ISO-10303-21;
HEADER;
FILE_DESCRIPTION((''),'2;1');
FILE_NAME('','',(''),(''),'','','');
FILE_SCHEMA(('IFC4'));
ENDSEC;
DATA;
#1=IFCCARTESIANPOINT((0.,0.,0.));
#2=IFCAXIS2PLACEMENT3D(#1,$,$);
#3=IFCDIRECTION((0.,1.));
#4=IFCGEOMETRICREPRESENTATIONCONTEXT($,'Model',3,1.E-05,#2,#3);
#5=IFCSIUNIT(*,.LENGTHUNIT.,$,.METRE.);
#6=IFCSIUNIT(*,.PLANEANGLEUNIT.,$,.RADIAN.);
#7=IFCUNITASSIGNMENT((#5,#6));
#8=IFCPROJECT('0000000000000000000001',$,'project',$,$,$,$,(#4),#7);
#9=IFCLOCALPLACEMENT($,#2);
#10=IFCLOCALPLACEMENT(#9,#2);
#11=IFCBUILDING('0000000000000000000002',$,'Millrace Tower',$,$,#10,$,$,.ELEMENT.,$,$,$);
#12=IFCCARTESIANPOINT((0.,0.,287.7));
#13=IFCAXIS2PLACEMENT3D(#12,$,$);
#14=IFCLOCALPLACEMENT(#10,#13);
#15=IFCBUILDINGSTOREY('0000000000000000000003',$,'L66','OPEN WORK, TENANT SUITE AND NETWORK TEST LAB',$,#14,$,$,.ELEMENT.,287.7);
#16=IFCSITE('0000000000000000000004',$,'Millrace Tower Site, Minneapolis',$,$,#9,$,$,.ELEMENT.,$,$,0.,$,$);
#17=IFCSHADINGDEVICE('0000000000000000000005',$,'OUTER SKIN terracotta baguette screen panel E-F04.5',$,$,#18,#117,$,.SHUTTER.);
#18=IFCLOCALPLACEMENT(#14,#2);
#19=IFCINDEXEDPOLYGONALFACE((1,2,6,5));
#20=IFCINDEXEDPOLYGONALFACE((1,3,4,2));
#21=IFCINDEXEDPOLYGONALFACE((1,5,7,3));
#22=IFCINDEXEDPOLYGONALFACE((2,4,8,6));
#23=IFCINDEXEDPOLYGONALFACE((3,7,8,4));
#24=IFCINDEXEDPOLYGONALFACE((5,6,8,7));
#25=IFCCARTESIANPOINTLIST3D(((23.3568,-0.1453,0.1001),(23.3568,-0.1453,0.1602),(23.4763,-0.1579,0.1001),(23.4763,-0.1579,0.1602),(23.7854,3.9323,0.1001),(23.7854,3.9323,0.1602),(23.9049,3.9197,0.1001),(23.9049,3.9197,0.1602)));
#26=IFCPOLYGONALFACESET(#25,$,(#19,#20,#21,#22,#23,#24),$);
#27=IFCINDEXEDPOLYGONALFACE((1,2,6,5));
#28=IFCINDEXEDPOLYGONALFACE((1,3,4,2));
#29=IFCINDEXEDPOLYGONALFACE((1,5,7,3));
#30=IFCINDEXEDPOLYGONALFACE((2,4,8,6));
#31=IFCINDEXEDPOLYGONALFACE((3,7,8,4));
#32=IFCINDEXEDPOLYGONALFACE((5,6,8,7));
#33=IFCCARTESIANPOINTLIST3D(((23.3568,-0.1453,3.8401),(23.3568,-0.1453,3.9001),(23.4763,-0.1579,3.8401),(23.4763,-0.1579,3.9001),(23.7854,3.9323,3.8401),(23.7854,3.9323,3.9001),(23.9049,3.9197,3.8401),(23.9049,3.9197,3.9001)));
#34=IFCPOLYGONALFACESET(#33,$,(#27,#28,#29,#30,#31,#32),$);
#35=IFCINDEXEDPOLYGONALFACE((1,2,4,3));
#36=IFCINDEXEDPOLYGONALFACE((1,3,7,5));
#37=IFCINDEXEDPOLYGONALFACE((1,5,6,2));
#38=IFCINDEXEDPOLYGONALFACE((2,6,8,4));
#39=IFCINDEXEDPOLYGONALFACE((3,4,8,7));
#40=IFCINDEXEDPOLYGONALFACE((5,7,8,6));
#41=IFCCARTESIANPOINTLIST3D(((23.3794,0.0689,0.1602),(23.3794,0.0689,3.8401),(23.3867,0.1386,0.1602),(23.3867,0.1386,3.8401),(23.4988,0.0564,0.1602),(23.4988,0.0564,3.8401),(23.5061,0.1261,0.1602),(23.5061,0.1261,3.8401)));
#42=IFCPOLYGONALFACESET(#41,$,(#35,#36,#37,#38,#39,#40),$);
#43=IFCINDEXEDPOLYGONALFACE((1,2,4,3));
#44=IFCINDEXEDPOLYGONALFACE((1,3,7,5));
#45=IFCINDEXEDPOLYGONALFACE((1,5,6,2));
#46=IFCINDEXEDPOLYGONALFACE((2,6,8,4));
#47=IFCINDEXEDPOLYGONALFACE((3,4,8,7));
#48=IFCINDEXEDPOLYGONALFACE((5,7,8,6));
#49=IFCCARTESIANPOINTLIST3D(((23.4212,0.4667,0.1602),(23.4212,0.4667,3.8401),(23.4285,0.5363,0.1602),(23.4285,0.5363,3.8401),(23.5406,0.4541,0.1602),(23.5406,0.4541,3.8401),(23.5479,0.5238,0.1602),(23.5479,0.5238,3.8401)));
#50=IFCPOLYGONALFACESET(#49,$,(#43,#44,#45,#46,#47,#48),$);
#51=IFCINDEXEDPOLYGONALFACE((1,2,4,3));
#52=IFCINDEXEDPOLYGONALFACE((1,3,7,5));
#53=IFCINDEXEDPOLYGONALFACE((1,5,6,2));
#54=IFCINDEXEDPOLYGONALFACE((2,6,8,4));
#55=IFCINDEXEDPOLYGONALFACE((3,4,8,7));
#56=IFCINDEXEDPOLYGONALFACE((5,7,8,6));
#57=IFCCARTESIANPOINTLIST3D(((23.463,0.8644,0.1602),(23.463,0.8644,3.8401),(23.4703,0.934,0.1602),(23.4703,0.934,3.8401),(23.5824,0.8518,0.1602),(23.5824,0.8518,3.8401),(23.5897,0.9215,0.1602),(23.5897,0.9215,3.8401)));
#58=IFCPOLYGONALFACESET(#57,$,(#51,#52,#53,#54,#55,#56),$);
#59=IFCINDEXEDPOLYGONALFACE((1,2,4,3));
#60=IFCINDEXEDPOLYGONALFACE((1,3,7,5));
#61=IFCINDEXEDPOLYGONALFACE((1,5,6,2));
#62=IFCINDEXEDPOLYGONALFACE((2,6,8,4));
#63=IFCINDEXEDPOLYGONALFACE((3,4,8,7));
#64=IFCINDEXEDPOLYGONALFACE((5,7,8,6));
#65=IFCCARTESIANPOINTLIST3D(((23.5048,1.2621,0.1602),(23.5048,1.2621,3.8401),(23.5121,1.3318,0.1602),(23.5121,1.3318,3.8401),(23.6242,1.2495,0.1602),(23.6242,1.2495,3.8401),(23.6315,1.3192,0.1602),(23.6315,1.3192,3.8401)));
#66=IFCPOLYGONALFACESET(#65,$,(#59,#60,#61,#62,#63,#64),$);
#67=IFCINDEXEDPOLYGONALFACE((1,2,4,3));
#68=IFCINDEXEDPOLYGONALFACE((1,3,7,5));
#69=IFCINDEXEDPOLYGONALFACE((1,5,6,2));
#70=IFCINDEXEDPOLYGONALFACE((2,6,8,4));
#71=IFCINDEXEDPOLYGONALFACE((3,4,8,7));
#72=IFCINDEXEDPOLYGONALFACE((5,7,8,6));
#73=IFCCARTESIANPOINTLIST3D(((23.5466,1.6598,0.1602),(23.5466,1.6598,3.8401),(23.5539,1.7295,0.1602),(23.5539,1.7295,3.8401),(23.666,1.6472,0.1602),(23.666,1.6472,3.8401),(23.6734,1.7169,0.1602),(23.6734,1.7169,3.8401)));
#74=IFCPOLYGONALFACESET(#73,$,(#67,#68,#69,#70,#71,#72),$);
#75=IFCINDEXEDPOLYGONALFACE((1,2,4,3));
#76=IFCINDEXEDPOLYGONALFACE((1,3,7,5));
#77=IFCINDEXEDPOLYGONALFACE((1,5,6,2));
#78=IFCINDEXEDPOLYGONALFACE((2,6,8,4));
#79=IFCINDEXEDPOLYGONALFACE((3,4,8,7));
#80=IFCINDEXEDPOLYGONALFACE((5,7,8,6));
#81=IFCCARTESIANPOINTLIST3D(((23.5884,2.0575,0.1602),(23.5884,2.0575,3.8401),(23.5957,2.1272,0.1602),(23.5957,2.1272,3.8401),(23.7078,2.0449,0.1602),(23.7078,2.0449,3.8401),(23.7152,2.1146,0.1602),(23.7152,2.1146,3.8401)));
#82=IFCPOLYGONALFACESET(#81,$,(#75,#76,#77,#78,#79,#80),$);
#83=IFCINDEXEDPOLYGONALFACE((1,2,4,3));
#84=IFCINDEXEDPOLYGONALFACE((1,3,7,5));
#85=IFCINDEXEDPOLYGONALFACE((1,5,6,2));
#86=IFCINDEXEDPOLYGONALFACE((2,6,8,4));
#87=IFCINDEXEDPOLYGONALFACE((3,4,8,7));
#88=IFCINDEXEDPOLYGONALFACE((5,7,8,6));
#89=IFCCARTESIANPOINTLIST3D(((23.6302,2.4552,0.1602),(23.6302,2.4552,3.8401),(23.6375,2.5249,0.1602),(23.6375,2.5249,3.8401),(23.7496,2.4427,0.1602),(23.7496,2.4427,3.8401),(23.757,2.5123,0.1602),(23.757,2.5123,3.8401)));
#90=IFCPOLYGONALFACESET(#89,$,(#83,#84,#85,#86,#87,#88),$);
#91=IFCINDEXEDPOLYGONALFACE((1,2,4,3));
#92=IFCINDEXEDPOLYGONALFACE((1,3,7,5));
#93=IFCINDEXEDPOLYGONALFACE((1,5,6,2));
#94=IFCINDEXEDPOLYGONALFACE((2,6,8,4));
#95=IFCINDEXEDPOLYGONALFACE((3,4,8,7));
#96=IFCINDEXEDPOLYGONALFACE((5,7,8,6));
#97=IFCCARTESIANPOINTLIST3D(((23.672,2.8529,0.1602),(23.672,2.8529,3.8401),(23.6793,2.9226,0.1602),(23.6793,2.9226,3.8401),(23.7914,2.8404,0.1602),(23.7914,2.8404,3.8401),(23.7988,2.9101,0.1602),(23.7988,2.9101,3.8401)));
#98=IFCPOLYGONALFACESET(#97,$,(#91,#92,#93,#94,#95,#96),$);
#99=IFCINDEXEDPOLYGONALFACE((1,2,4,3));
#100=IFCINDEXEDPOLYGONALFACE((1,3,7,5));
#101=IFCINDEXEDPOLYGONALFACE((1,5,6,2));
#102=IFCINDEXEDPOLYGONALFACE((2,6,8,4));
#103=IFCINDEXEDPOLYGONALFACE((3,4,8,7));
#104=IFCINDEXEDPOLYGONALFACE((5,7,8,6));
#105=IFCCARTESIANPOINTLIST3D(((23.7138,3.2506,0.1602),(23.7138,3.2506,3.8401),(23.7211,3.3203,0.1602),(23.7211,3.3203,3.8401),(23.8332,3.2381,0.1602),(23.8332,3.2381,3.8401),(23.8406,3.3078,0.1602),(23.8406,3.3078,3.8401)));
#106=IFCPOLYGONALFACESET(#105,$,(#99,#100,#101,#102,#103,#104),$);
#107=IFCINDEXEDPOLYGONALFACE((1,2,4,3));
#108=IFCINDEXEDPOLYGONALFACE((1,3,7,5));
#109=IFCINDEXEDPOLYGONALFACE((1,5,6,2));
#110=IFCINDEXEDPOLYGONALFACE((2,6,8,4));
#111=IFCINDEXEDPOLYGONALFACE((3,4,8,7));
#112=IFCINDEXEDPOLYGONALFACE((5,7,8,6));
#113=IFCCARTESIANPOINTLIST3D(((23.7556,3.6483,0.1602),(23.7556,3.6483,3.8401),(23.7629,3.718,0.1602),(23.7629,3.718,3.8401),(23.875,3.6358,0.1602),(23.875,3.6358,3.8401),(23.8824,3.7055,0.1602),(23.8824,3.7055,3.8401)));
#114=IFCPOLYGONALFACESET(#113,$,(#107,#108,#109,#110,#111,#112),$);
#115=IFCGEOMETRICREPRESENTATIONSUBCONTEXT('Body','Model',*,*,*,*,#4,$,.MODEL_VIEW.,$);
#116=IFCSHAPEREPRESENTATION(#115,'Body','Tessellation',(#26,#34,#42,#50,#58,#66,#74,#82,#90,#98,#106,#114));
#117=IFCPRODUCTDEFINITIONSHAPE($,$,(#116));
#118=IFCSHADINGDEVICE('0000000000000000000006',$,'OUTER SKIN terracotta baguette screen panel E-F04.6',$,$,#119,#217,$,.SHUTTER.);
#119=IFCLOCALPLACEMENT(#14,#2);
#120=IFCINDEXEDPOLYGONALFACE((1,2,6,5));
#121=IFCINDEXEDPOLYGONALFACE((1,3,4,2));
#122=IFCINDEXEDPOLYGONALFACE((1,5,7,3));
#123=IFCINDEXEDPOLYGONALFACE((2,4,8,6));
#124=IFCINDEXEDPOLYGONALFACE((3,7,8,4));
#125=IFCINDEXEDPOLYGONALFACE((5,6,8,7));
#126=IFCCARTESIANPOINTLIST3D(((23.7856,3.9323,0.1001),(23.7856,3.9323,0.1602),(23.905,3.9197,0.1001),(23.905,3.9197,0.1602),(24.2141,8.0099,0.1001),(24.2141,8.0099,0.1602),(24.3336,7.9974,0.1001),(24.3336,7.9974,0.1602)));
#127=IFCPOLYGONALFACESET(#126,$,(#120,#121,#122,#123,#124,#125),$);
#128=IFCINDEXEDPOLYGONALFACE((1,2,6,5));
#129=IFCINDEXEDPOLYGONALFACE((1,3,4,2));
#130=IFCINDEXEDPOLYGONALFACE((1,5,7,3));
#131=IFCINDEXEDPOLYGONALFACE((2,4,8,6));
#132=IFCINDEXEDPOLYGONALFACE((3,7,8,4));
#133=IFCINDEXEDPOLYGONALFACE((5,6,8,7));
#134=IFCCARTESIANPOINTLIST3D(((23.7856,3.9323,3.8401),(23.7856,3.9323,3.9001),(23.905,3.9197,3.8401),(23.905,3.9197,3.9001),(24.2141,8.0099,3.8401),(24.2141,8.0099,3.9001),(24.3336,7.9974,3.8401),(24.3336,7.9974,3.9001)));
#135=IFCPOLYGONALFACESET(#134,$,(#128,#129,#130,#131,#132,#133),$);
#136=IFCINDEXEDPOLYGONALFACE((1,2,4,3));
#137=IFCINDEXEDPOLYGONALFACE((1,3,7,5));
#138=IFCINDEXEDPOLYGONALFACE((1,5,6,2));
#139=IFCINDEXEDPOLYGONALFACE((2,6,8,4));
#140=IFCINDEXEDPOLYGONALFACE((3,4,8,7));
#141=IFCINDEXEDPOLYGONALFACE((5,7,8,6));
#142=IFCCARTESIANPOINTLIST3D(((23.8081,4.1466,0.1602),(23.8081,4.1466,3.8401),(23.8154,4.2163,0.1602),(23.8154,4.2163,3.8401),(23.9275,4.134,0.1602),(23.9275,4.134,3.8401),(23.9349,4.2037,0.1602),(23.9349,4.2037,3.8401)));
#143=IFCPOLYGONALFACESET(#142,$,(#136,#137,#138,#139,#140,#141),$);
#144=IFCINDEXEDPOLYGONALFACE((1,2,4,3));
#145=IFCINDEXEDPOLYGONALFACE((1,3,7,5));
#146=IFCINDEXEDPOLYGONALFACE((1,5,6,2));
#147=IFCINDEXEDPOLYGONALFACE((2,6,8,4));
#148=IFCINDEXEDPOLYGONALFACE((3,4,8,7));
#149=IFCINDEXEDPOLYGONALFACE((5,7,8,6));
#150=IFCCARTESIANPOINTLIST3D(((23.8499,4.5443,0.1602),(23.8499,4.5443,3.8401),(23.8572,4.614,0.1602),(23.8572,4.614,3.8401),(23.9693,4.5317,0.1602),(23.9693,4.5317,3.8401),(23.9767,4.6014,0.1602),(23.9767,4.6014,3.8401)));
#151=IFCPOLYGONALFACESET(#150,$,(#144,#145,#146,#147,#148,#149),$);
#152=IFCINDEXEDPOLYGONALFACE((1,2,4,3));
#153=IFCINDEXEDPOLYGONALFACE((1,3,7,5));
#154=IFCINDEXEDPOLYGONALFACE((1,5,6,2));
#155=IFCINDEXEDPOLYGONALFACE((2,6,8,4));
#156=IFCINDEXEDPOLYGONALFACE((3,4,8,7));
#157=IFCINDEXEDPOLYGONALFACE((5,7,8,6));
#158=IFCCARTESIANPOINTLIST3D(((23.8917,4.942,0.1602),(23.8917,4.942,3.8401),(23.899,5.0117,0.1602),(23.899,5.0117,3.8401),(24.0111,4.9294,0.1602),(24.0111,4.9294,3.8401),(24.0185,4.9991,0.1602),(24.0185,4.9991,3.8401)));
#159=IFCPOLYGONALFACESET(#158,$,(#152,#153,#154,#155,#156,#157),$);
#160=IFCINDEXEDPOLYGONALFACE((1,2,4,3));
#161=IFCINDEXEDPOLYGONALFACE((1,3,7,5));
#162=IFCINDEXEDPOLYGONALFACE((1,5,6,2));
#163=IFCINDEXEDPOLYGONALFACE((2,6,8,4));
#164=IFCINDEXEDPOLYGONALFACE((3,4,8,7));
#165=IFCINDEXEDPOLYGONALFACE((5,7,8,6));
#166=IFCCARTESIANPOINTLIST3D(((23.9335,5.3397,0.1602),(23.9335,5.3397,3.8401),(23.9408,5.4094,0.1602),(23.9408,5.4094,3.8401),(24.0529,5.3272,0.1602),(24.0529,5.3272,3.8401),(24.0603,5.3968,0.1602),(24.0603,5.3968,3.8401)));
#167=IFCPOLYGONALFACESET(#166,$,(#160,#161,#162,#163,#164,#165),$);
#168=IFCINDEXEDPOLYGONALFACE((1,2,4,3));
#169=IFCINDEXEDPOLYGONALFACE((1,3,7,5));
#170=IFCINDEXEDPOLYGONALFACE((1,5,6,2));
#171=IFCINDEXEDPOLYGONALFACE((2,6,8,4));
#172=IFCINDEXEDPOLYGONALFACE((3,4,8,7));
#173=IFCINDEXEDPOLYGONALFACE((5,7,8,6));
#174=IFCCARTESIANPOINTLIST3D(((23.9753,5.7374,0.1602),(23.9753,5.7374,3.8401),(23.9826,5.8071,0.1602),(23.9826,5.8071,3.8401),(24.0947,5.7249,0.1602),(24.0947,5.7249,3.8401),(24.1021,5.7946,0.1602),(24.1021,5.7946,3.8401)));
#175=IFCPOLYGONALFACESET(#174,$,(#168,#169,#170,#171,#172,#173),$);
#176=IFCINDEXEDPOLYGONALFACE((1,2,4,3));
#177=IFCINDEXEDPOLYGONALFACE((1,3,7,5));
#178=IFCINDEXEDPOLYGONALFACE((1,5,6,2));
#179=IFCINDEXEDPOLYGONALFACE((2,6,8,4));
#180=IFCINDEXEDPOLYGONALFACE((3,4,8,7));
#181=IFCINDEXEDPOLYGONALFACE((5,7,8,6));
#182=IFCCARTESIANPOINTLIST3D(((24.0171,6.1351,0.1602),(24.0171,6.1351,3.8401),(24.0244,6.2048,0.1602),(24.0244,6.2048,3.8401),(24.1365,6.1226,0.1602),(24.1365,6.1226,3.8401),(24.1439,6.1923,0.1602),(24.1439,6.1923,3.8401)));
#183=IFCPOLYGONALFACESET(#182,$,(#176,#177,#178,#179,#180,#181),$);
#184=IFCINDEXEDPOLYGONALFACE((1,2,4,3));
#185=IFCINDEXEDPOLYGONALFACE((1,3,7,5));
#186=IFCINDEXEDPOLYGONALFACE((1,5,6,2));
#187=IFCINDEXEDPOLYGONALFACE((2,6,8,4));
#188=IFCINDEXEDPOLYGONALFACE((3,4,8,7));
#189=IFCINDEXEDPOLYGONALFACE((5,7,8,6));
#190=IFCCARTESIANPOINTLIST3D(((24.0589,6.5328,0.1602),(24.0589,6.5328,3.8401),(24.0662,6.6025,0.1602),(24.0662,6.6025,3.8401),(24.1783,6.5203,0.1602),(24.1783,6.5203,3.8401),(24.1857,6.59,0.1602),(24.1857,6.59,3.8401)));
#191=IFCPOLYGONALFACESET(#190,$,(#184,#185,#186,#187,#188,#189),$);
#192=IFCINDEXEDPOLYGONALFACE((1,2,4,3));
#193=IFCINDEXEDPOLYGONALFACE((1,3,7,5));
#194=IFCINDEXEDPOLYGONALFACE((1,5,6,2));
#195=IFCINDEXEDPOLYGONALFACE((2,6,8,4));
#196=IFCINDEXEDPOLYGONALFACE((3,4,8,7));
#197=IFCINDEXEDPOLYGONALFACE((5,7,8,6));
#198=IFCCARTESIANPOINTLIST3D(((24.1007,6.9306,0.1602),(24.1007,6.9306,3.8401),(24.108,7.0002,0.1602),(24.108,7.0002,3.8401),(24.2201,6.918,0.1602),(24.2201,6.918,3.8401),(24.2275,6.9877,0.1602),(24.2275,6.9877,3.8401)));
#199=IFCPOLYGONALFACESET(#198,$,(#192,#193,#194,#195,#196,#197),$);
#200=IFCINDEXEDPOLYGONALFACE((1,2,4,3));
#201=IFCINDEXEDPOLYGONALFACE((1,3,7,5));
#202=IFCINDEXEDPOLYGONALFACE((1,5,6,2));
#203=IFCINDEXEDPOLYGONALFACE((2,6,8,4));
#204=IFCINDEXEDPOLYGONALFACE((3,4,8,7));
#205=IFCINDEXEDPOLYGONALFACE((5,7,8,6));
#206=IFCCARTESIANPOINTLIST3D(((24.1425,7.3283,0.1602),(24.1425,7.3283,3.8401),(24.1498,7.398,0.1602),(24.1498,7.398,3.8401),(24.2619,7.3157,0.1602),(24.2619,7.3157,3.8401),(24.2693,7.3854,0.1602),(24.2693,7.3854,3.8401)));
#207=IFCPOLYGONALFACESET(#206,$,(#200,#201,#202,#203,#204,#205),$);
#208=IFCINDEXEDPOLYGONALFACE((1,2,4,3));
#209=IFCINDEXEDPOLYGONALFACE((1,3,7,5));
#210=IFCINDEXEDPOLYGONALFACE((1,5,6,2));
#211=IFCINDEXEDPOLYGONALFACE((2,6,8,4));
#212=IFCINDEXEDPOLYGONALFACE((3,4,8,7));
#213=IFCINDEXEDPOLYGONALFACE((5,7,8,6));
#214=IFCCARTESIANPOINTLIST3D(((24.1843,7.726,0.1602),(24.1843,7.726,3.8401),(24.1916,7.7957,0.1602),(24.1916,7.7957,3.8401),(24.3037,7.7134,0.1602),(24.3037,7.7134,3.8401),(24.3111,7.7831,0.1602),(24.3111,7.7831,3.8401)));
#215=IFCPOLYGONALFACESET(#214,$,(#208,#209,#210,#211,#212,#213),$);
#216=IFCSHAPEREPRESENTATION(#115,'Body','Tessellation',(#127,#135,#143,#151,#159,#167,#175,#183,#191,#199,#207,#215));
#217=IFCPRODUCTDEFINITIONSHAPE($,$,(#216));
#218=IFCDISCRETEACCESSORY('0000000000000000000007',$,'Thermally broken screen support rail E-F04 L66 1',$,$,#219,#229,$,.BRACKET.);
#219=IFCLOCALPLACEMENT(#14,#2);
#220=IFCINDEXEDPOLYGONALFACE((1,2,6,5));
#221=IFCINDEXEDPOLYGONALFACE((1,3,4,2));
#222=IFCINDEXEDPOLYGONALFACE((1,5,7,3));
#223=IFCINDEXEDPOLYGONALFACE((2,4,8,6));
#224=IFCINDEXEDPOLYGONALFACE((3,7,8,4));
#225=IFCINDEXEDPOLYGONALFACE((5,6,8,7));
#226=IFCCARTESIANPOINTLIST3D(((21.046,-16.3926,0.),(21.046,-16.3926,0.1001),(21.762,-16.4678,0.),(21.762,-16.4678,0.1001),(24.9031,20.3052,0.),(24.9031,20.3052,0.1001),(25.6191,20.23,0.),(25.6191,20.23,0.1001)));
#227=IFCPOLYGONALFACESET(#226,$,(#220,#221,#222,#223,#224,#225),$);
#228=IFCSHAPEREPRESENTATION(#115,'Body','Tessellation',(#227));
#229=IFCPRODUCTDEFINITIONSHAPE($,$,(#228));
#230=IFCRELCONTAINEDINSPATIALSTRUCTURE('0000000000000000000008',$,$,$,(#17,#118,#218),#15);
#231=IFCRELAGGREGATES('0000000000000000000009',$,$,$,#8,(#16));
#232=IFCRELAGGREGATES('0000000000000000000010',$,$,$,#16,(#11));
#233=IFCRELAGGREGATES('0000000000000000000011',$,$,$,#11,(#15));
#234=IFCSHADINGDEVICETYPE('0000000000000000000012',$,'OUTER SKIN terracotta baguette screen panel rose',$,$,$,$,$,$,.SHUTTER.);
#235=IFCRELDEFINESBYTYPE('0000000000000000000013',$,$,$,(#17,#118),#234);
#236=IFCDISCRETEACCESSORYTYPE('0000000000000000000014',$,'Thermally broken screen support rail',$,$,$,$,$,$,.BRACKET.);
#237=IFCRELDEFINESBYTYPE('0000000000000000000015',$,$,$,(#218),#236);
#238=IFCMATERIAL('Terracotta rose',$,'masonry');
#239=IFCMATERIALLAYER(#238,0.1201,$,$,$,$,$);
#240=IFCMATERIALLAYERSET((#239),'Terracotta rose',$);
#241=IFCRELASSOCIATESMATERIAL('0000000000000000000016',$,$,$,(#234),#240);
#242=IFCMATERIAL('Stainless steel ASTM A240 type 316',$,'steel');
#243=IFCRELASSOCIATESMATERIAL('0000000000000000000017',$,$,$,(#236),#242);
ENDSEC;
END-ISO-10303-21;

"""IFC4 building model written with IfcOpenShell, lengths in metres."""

from ifc_helpers import new_model, entity, si_unit, direction, frame, frame_2d, origin, origin_2d, place, context, subcontext, project, spatial, rectangle, extrude, source, transform, mapped, material, layer, layer_set, type_object, element, save


model = new_model("IFC4")

# Units and contexts
model_context = context("Model", 3, precision=1e-05, world=origin(), true_north=direction((0.0, 1.0)))
body_context = subcontext(model_context, "Body", "Model", "MODEL_VIEW")
ifc_project = project(units=[si_unit("LENGTHUNIT", "METRE"), si_unit("PLANEANGLEUNIT", "RADIAN")], contexts=[model_context])

# Site, building, storey
site_placement = place(None, origin())
site = spatial("IfcSite", under=ifc_project, at=site_placement, Name="Millrace Tower Site, Minneapolis", CompositionType="ELEMENT", RefElevation=0.0)
building_placement = place(site_placement, origin())
building = spatial("IfcBuilding", under=site, at=building_placement, Name="Millrace Tower", CompositionType="ELEMENT")
storey_placement = place(building_placement, frame((0.0, 0.0, 287.7)))
storey = spatial("IfcBuildingStorey", under=building, at=storey_placement, Name="L66", Description="OPEN WORK, TENANT SUITE AND NETWORK TEST LAB", CompositionType="ELEMENT", Elevation=287.7)

# Shading devices
ifc_material_1 = material(Name="Terracotta rose", Category="masonry")
ifc_layer_1 = layer(ifc_material_1, 0.1201)
ifc_layer_set_1 = layer_set([ifc_layer_1], Name="Terracotta rose")
shading_device_type = type_object("IfcShadingDeviceType", Name="OUTER SKIN terracotta baguette screen panel rose", PredefinedType="SHUTTER", material=ifc_layer_set_1)
cartesian_point = entity("IfcCartesianPoint", [-2.05, 0.0601])
shared_polyline = entity("IfcPolyline", [cartesian_point, entity("IfcCartesianPoint", [2.05, 0.0601]), entity("IfcCartesianPoint", [2.05, -0.0601]), entity("IfcCartesianPoint", [-2.05, -0.0601]), cartesian_point])
shared_shape = source(origin(), body_context, "Body", "SweptSolid", [
    entity("IfcExtrudedAreaSolid", entity("IfcArbitraryClosedProfileDef", "AREA", None, shared_polyline), entity("IfcAxis2Placement3D", entity("IfcCartesianPoint", [0.0, 0.0, 0.0])), entity("IfcDirection", [0.0, 0.0, 1.0]), 0.0601),
    entity("IfcExtrudedAreaSolid", entity("IfcArbitraryClosedProfileDef", "AREA", None, shared_polyline), entity("IfcAxis2Placement3D", entity("IfcCartesianPoint", [0.0, 0.0, 3.74])), entity("IfcDirection", [0.0, 0.0, 1.0]), 0.0601),
    extrude(rectangle(XDim=0.0701, YDim=0.1201, at=frame_2d((-1.7996, 0.0))), frame((0.0, 0.0, 0.0601)), (0.0, 0.0, 1.0), 3.6799),
    extrude(rectangle(XDim=0.0701, YDim=0.1201, at=frame_2d((-1.3997, 0.0))), frame((0.0, 0.0, 0.0601)), (0.0, 0.0, 1.0), 3.6799),
    extrude(rectangle(XDim=0.0701, YDim=0.1201, at=frame_2d((-0.9998, 0.0))), frame((0.0, 0.0, 0.0601)), (0.0, 0.0, 1.0), 3.6799),
    extrude(rectangle(XDim=0.0701, YDim=0.1201, at=frame_2d((-0.5999, 0.0))), frame((0.0, 0.0, 0.0601)), (0.0, 0.0, 1.0), 3.6799),
    extrude(rectangle(XDim=0.0701, YDim=0.1201, at=frame_2d((-0.2, 0.0))), frame((0.0, 0.0, 0.0601)), (0.0, 0.0, 1.0), 3.6799),
    extrude(rectangle(XDim=0.0701, YDim=0.1201, at=frame_2d((0.2, 0.0))), frame((0.0, 0.0, 0.0601)), (0.0, 0.0, 1.0), 3.6799),
    extrude(rectangle(XDim=0.0701, YDim=0.1201, at=frame_2d((0.5999, 0.0))), frame((0.0, 0.0, 0.0601)), (0.0, 0.0, 1.0), 3.6799),
    extrude(rectangle(XDim=0.0701, YDim=0.1201, at=frame_2d((0.9998, 0.0))), frame((0.0, 0.0, 0.0601)), (0.0, 0.0, 1.0), 3.6799),
    extrude(rectangle(XDim=0.0701, YDim=0.1201, at=frame_2d((1.3997, 0.0))), frame((0.0, 0.0, 0.0601)), (0.0, 0.0, 1.0), 3.6799),
    extrude(rectangle(XDim=0.0701, YDim=0.1201, at=frame_2d((1.7996, 0.0))), frame((0.0, 0.0, 0.0601)), (0.0, 0.0, 1.0), 3.6799),
])
for number, where, z_axis, x_axis, name in (
    (1, (23.6309, 1.8872, 0.1001), (0.0, 0.0, 1.0), (0.104528, 0.994522, 0.0), "OUTER SKIN terracotta baguette screen panel E-F04.5"),
    (2, (24.0596, 5.9648, 0.1001), (0.0, 0.0, 1.0), (0.104528, 0.994522, 0.0), "OUTER SKIN terracotta baguette screen panel E-F04.6"),
):
    element("IfcShadingDevice", number, at=place(storey_placement, frame(where, z_axis=z_axis, x_axis=x_axis)), inside=storey, type_object=shading_device_type, Name=name, PredefinedType="SHUTTER", context=body_context, shape_type="MappedRepresentation", body=[
        mapped(shared_shape, transform((0.0, 0.0, 0.0), scale=1.0)),
    ])

# Discrete accessory
ifc_material_2 = material(Name="Stainless steel ASTM A240 type 316", Category="steel")
discrete_accessory_type = type_object("IfcDiscreteAccessoryType", Name="Thermally broken screen support rail", PredefinedType="BRACKET", material=ifc_material_2)
discrete_accessory_placement = place(storey_placement, frame((23.3325, 1.9187, 0.0), z_axis=(0.0, 0.0, 1.0), x_axis=(0.104528, 0.994522, 0.0)))
element("IfcDiscreteAccessory", 3, at=discrete_accessory_placement, inside=storey, type_object=discrete_accessory_type, Name="Thermally broken screen support rail E-F04 L66 1", PredefinedType="BRACKET", context=body_context, shape_type="SweptSolid", body=[
    extrude(rectangle(XDim=36.8999, YDim=0.72, at=origin_2d()), origin(), (0.0, 0.0, 1.0), 0.1001),
])

save(model, "model.ifc")
